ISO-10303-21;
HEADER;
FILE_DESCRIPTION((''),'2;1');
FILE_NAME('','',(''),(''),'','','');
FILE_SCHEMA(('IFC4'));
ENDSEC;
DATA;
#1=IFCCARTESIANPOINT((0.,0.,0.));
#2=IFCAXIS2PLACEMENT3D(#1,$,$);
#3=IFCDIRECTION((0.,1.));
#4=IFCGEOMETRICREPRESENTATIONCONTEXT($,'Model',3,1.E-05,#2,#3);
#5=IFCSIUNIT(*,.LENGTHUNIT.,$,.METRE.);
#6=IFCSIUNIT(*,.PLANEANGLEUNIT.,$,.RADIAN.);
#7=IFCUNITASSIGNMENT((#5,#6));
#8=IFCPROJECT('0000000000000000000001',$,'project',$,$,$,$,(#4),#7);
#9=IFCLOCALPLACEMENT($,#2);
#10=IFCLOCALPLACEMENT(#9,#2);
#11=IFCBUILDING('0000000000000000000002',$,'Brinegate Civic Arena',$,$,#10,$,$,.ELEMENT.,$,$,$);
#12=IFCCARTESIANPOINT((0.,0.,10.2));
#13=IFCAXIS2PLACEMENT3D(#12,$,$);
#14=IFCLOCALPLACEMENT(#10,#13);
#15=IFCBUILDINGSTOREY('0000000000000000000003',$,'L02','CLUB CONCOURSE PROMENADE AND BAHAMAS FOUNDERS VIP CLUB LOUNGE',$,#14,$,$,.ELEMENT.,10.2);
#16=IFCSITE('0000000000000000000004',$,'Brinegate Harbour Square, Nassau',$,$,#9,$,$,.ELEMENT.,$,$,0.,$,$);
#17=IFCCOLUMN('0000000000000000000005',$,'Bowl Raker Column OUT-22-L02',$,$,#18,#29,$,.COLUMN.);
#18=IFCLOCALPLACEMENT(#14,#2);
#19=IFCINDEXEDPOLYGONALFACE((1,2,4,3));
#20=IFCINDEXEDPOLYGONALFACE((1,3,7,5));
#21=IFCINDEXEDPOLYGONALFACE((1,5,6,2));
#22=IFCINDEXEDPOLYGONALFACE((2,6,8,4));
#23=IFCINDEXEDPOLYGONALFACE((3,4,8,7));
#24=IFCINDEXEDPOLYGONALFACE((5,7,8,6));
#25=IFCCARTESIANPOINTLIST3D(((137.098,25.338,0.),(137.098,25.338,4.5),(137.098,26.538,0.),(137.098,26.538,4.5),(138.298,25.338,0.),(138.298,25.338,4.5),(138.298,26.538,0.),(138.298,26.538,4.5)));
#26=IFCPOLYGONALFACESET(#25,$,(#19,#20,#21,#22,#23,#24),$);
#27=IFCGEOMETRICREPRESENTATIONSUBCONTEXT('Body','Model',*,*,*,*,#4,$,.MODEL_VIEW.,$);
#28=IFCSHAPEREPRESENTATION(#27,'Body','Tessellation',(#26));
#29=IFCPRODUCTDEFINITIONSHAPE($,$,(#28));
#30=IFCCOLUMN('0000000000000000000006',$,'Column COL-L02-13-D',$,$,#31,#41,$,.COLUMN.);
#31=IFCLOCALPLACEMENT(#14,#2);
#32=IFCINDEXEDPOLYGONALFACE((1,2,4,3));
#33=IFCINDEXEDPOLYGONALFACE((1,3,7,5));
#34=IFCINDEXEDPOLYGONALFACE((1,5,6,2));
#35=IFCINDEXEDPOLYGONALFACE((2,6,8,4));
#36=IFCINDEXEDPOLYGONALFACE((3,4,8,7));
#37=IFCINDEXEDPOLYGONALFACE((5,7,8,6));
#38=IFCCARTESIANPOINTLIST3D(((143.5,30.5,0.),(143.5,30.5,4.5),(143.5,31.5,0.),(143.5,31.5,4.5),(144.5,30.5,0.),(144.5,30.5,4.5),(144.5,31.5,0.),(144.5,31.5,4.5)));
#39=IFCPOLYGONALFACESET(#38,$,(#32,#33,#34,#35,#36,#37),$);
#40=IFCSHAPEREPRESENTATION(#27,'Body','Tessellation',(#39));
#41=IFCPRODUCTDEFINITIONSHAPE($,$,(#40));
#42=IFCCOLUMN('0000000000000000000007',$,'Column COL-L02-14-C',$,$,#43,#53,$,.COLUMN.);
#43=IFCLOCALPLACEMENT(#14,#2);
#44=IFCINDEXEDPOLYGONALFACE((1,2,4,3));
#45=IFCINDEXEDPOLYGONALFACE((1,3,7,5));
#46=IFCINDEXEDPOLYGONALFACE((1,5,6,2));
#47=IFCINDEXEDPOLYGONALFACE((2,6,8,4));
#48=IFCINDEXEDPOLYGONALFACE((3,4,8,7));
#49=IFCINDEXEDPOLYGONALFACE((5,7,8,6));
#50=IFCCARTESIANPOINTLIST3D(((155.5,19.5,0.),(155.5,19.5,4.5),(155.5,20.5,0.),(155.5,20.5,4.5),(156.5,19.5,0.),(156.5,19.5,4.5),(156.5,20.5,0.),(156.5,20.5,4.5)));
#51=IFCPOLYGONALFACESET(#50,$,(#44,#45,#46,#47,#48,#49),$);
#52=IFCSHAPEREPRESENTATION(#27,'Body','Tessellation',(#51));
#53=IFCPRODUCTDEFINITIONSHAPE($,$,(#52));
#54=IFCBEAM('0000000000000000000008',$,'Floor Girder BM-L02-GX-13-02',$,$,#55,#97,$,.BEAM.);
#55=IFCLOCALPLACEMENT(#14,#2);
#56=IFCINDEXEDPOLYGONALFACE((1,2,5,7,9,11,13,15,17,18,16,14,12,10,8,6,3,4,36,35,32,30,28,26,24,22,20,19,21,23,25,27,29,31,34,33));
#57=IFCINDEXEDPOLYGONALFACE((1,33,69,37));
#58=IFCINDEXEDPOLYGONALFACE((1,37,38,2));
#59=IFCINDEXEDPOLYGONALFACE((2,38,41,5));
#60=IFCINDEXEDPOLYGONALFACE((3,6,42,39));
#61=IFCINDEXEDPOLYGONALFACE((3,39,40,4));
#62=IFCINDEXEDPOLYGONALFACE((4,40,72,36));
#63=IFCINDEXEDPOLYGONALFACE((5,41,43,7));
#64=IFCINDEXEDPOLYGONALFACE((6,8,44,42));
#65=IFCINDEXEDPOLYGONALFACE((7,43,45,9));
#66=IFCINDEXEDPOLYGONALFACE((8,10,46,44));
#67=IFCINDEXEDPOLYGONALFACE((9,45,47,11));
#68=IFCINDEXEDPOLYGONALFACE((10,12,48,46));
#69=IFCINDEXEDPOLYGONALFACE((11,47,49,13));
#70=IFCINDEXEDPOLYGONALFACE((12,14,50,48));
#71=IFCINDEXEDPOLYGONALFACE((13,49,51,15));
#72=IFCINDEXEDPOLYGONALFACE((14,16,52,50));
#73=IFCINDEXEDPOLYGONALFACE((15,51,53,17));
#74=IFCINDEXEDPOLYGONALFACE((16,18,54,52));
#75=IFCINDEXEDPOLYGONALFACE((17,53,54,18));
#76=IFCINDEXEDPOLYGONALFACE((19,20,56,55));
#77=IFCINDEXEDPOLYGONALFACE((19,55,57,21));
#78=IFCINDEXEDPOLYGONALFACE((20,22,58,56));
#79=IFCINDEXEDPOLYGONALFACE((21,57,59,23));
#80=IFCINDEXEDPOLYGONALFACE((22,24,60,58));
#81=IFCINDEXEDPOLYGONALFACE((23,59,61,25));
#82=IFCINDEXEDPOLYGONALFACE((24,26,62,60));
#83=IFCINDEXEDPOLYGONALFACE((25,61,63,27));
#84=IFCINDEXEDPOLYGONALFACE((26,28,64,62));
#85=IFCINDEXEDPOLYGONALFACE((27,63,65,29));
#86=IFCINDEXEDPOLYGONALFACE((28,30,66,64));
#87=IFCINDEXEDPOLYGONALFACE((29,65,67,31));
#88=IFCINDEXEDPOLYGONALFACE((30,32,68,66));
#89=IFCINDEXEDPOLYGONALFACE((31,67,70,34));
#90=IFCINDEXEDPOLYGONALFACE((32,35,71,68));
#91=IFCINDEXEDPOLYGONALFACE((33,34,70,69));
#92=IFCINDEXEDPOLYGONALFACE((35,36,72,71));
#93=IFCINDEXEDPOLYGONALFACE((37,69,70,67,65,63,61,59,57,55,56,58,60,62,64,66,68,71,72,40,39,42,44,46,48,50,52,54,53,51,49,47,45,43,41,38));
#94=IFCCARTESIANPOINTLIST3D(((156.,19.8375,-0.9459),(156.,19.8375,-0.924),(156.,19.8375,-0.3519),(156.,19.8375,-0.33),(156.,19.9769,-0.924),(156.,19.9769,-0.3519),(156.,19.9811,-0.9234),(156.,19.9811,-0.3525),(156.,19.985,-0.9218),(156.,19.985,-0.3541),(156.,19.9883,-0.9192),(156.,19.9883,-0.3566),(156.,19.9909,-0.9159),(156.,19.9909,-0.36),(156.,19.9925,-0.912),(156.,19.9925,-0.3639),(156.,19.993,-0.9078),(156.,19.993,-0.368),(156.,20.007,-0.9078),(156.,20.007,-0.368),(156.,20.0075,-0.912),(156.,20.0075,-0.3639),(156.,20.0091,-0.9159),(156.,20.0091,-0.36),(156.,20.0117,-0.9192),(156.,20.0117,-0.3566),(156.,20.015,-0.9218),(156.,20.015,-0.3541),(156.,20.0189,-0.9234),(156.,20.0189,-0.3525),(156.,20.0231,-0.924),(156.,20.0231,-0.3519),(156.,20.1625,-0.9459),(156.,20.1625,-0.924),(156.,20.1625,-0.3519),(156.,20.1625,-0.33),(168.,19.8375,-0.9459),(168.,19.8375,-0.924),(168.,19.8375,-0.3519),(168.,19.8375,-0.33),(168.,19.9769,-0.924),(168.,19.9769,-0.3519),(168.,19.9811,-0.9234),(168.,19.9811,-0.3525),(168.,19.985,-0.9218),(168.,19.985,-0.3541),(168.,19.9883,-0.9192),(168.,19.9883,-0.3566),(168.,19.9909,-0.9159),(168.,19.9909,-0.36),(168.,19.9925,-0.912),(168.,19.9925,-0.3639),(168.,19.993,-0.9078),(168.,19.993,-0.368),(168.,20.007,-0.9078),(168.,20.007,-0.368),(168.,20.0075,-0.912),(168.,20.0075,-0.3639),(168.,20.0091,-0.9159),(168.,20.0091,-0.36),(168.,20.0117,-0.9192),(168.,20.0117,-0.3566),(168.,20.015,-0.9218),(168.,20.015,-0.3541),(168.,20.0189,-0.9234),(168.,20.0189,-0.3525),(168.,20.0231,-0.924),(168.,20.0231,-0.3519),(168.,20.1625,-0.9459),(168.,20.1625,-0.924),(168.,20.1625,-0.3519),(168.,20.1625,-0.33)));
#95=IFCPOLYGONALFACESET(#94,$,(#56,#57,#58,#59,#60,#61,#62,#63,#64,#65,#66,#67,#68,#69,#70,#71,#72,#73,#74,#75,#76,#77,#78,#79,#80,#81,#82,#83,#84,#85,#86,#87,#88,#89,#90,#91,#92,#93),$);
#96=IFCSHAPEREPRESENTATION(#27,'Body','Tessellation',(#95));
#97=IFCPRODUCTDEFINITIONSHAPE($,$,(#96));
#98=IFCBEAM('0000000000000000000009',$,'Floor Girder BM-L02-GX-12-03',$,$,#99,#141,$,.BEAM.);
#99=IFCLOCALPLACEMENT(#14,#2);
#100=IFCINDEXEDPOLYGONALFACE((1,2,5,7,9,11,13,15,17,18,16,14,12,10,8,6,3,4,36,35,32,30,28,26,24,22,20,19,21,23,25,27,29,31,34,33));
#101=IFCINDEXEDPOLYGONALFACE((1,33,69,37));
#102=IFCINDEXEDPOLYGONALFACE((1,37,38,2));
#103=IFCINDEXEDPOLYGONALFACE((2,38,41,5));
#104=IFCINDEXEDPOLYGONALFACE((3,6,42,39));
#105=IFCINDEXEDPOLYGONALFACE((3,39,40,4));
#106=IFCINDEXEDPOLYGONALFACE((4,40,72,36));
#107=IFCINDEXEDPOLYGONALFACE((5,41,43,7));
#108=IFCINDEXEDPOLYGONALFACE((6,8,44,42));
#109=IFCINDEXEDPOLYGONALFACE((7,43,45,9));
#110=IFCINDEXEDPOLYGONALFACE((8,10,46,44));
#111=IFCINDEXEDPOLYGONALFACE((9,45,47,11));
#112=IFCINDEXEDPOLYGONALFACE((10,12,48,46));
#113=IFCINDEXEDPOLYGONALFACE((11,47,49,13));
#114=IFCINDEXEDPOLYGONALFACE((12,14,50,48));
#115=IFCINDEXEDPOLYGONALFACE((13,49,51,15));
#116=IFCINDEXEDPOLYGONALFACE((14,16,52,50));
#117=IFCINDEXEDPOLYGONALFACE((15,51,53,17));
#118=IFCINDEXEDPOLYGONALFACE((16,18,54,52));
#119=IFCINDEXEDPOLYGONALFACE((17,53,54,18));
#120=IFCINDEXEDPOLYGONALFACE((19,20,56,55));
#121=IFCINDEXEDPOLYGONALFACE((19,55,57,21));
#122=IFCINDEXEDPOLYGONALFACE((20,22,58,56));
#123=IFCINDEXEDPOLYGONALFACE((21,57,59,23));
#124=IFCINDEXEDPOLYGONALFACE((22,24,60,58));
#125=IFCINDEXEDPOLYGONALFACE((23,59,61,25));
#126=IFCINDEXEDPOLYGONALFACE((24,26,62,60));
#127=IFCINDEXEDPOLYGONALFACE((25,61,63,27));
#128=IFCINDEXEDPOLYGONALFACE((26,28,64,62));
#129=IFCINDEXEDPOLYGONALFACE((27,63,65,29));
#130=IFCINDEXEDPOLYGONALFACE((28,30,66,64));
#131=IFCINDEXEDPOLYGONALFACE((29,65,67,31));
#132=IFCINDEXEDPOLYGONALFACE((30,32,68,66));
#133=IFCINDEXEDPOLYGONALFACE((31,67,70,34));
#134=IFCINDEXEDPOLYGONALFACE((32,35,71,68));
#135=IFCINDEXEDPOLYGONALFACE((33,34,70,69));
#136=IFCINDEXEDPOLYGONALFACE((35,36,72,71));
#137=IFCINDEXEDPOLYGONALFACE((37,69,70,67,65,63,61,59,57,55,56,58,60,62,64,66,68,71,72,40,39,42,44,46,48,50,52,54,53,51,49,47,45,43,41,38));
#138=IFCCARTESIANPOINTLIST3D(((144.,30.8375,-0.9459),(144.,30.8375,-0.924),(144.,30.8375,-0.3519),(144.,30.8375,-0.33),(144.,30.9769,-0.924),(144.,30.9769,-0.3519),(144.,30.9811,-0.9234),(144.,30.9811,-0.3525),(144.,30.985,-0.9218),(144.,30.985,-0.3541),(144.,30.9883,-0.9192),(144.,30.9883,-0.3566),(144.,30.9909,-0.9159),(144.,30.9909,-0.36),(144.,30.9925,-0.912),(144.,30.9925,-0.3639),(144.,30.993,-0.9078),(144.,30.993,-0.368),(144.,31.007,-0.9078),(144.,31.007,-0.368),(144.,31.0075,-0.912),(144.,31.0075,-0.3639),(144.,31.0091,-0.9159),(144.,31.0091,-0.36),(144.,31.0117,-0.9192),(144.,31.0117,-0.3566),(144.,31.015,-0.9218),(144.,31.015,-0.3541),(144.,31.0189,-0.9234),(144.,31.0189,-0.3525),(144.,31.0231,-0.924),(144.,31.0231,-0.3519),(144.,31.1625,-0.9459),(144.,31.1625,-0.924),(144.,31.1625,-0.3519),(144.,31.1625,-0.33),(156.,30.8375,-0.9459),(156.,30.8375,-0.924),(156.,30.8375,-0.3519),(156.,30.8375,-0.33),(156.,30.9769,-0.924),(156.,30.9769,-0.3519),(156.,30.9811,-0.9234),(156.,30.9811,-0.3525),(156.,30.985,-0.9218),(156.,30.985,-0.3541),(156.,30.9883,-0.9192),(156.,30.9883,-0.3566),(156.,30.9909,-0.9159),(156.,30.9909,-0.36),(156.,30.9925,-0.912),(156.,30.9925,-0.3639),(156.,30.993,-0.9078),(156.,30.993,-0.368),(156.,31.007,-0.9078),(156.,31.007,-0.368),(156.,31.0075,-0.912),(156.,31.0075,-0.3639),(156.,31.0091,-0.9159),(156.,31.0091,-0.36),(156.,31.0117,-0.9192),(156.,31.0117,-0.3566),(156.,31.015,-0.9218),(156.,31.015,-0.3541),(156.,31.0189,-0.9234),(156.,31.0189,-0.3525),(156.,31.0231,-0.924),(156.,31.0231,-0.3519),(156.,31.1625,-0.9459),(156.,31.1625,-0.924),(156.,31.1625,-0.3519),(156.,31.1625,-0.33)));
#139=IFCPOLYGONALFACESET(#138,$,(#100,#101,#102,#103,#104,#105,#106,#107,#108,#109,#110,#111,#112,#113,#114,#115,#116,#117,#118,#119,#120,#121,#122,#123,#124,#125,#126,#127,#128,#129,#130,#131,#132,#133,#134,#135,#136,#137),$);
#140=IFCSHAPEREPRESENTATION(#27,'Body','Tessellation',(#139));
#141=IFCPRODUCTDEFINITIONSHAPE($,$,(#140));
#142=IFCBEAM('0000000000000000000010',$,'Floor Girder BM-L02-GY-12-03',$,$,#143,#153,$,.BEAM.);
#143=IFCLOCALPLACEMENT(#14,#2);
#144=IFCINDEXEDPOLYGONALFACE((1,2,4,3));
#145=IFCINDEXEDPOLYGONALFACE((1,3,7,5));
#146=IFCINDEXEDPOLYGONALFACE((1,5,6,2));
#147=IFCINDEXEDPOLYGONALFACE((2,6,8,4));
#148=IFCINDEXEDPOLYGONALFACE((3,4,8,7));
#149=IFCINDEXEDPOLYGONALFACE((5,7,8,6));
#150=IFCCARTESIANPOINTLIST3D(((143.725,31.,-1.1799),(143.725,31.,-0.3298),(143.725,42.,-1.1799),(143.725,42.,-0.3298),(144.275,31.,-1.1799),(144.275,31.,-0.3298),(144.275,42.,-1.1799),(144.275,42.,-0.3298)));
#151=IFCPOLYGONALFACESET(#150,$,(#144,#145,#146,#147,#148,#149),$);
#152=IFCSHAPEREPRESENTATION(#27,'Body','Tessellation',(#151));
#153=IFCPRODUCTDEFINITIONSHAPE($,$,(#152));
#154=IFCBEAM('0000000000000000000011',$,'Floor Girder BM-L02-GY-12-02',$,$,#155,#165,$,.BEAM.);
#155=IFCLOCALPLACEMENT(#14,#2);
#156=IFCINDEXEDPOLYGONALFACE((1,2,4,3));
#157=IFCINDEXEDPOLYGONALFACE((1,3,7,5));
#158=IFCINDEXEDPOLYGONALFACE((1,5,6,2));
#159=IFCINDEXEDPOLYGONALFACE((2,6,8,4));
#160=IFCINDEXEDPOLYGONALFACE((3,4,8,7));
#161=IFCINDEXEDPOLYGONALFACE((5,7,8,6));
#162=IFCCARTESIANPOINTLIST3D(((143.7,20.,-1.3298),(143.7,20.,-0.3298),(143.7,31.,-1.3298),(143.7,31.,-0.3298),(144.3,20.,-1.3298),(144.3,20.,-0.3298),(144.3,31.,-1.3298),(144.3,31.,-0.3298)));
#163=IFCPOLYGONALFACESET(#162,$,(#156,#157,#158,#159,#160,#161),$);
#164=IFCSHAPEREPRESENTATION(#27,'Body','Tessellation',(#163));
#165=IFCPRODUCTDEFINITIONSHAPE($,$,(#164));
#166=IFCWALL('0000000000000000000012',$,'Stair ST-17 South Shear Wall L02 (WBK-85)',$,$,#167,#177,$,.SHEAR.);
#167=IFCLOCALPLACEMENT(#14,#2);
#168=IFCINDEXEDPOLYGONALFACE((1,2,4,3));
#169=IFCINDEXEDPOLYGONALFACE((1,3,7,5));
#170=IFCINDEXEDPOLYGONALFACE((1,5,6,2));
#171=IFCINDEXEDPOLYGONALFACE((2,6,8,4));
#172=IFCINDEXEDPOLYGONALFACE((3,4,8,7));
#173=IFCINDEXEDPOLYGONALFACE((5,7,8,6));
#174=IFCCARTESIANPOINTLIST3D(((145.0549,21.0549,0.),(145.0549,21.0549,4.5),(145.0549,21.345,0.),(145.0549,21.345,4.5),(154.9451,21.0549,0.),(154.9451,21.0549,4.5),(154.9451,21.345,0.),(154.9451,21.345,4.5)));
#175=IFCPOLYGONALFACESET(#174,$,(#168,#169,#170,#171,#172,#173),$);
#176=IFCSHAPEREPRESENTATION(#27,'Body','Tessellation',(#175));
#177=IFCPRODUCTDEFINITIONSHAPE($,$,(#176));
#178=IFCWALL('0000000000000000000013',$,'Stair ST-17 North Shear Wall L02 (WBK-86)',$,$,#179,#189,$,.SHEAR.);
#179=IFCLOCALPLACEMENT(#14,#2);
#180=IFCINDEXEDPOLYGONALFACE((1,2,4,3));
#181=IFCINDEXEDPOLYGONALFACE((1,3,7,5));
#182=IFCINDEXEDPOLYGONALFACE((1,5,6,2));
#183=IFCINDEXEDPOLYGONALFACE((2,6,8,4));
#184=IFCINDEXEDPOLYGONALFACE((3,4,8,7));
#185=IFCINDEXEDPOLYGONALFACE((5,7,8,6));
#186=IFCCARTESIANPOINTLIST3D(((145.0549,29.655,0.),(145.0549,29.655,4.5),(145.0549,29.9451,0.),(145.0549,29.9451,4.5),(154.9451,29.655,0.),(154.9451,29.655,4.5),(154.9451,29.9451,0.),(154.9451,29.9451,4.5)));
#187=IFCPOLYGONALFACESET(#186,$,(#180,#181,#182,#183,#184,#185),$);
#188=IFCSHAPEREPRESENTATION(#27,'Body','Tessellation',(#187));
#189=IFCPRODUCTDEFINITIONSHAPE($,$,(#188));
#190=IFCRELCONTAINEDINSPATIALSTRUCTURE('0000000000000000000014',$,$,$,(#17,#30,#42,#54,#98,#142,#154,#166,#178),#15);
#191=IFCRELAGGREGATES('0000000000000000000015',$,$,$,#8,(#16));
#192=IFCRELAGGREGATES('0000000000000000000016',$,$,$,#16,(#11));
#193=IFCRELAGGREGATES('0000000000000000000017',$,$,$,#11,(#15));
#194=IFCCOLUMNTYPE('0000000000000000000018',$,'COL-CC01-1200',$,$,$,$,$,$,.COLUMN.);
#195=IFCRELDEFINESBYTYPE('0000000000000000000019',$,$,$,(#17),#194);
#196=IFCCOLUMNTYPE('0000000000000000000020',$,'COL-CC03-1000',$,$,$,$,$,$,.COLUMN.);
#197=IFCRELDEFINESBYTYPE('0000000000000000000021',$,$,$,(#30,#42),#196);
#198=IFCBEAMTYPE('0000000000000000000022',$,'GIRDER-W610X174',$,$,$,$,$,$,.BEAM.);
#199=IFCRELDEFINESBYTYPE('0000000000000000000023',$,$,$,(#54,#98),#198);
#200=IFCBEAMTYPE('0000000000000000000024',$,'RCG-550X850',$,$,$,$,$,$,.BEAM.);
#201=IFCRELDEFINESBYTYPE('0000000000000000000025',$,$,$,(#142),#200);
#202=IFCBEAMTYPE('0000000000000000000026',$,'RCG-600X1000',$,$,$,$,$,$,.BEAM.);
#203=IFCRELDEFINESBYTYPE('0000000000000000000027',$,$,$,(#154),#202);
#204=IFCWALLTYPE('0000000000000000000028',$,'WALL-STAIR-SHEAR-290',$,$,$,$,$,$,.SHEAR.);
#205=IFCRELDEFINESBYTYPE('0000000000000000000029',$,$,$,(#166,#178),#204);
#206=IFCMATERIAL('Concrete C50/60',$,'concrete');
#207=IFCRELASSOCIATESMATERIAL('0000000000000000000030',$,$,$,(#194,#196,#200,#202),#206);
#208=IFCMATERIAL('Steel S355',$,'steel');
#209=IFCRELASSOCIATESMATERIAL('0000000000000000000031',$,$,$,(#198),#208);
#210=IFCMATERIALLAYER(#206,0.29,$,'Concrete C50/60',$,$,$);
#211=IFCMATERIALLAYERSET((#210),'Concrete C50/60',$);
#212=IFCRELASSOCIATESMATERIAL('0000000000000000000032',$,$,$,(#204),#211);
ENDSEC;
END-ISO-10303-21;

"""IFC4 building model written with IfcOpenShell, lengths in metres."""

from ifc_helpers import new_model, si_unit, direction, frame, frame_2d, origin, origin_2d, place, context, subcontext, project, spatial, rectangle, i_section, extrude, material, layer, layer_set, material_profile, profile_set, type_object, element, save


model = new_model("IFC4")

# Units and contexts
model_context = context("Model", 3, precision=1e-05, world=origin(), true_north=direction((0.0, 1.0)))
body_context = subcontext(model_context, "Body", "Model", "MODEL_VIEW")
ifc_project = project(units=[si_unit("LENGTHUNIT", "METRE"), si_unit("PLANEANGLEUNIT", "RADIAN")], contexts=[model_context])

# Site, building, storey
site_placement = place(None, origin())
site = spatial("IfcSite", under=ifc_project, at=site_placement, Name="Brinegate Harbour Square, Nassau", CompositionType="ELEMENT", RefElevation=0.0)
building_placement = place(site_placement, origin())
building = spatial("IfcBuilding", under=site, at=building_placement, Name="Brinegate Civic Arena", CompositionType="ELEMENT")
storey_placement = place(building_placement, frame((0.0, 0.0, 10.2)))
storey = spatial("IfcBuildingStorey", under=building, at=storey_placement, Name="L02", Description="CLUB CONCOURSE PROMENADE AND BAHAMAS FOUNDERS VIP CLUB LOUNGE", CompositionType="ELEMENT", Elevation=10.2)

# Columns
ifc_material_1 = material(Name="Concrete C50/60", Category="concrete")
ifc_material_profile_1 = material_profile(ifc_material_1, rectangle(XDim=1.2, YDim=1.2, at=origin_2d()), Name="RC1200X1200")
ifc_profile_set_1 = profile_set([ifc_material_profile_1], Name="Concrete C50/60")
column_type_1 = type_object("IfcColumnType", Name="COL-CC01-1200", PredefinedType="COLUMN", material=ifc_profile_set_1)
column_placement = place(storey_placement, frame((137.698, 25.938, 0.0), z_axis=(0.0, 0.0, 1.0), x_axis=(1.0, 0.0, 0.0)))
element("IfcColumn", 1, at=column_placement, inside=storey, type_object=column_type_1, Name="Bowl Raker Column OUT-22-L02", PredefinedType="COLUMN", context=body_context, shape_type="SweptSolid", body=[
    extrude(rectangle(XDim=1.2, YDim=1.2, at=origin_2d()), origin(), (0.0, 0.0, 1.0), 4.5),
])
ifc_material_profile_2 = material_profile(ifc_material_1, rectangle(XDim=1.0, YDim=1.0, at=origin_2d()), Name="RC1000X1000")
ifc_profile_set_2 = profile_set([ifc_material_profile_2], Name="Concrete C50/60")
column_type_2 = type_object("IfcColumnType", Name="COL-CC03-1000", PredefinedType="COLUMN", material=ifc_profile_set_2)
for number, where, z_axis, x_axis, name in (
    (2, (144.0, 31.0, 0.0), (0.0, 0.0, 1.0), (1.0, 0.0, 0.0), "Column COL-L02-13-D"),
    (3, (156.0, 20.0, 0.0), (0.0, 0.0, 1.0), (1.0, 0.0, 0.0), "Column COL-L02-14-C"),
):
    element("IfcColumn", number, at=place(storey_placement, frame(where, z_axis=z_axis, x_axis=x_axis)), inside=storey, type_object=column_type_2, Name=name, PredefinedType="COLUMN", context=body_context, shape_type="SweptSolid", body=[
        extrude(rectangle(XDim=1.0, YDim=1.0, at=origin_2d()), origin(), (0.0, 0.0, 1.0), 4.5),
    ])

# Beams
ifc_material_2 = material(Name="Steel S355", Category="steel")
ifc_material_profile_3 = material_profile(ifc_material_2, i_section(OverallWidth=0.325, OverallDepth=0.616, WebThickness=0.0139, FlangeThickness=0.022, FilletRadius=0.0161, at=origin_2d()), Name="W610X174")
ifc_profile_set_3 = profile_set([ifc_material_profile_3], Name="Steel S355")
beam_type_1 = type_object("IfcBeamType", Name="GIRDER-W610X174", PredefinedType="BEAM", material=ifc_profile_set_3)
for number, where, z_axis, x_axis, name in (
    (4, (156.0, 20.0, -0.6379), (1.0, 0.0, 0.0), (0.0, 1.0, 0.0), "Floor Girder BM-L02-GX-13-02"),
    (5, (144.0, 31.0, -0.6379), (1.0, 0.0, 0.0), (0.0, 1.0, 0.0), "Floor Girder BM-L02-GX-12-03"),
):
    element("IfcBeam", number, at=place(storey_placement, frame(where, z_axis=z_axis, x_axis=x_axis)), inside=storey, type_object=beam_type_1, Name=name, PredefinedType="BEAM", context=body_context, shape_type="SweptSolid", body=[
        extrude(i_section(OverallWidth=0.325, OverallDepth=0.616, WebThickness=0.0139, FlangeThickness=0.022, FilletRadius=0.0161, at=origin_2d()), origin(), (0.0, 0.0, 1.0), 12.0),
    ])
ifc_material_profile_4 = material_profile(ifc_material_1, rectangle(XDim=0.55, YDim=0.8501, at=origin_2d()), Name="RCB550X850")
ifc_profile_set_4 = profile_set([ifc_material_profile_4], Name="Concrete C50/60")
beam_type_2 = type_object("IfcBeamType", Name="RCG-550X850", PredefinedType="BEAM", material=ifc_profile_set_4)
beam_1_placement = place(storey_placement, frame((144.0, 31.0, -0.7549), z_axis=(0.0, 1.0, 0.0), x_axis=(-1.0, 0.0, 0.0)))
element("IfcBeam", 6, at=beam_1_placement, inside=storey, type_object=beam_type_2, Name="Floor Girder BM-L02-GY-12-03", PredefinedType="BEAM", context=body_context, shape_type="SweptSolid", body=[
    extrude(rectangle(XDim=0.55, YDim=0.8501, at=origin_2d()), origin(), (0.0, 0.0, 1.0), 11.0),
])
ifc_material_profile_5 = material_profile(ifc_material_1, rectangle(XDim=0.6001, YDim=1.0, at=origin_2d()), Name="RCB600X1000")
ifc_profile_set_5 = profile_set([ifc_material_profile_5], Name="Concrete C50/60")
beam_type_3 = type_object("IfcBeamType", Name="RCG-600X1000", PredefinedType="BEAM", material=ifc_profile_set_5)
beam_2_placement = place(storey_placement, frame((144.0, 20.0, -0.8298), z_axis=(0.0, 1.0, 0.0), x_axis=(-1.0, 0.0, 0.0)))
element("IfcBeam", 7, at=beam_2_placement, inside=storey, type_object=beam_type_3, Name="Floor Girder BM-L02-GY-12-02", PredefinedType="BEAM", context=body_context, shape_type="SweptSolid", body=[
    extrude(rectangle(XDim=0.6001, YDim=1.0, at=origin_2d()), origin(), (0.0, 0.0, 1.0), 11.0),
])

# Walls
ifc_layer_1 = layer(ifc_material_1, 0.29, Name="Concrete C50/60")
ifc_layer_set_1 = layer_set([ifc_layer_1], Name="Concrete C50/60")
wall_type = type_object("IfcWallType", Name="WALL-STAIR-SHEAR-290", PredefinedType="SHEAR", material=ifc_layer_set_1)
for number, where, z_axis, x_axis, name in (
    (8, (145.0549, 21.2, 0.0), (0.0, 0.0, 1.0), (1.0, 0.0, 0.0), "Stair ST-17 South Shear Wall L02 (WBK-85)"),
    (9, (145.0549, 29.8, 0.0), (0.0, 0.0, 1.0), (1.0, 0.0, 0.0), "Stair ST-17 North Shear Wall L02 (WBK-86)"),
):
    element("IfcWall", number, at=place(storey_placement, frame(where, z_axis=z_axis, x_axis=x_axis)), inside=storey, type_object=wall_type, Name=name, PredefinedType="SHEAR", context=body_context, shape_type="SweptSolid", body=[
        extrude(rectangle(XDim=9.8901, YDim=0.29, at=frame_2d((4.9451, 0.0))), origin(), (0.0, 0.0, 1.0), 4.5),
    ])

save(model, "model.ifc")
